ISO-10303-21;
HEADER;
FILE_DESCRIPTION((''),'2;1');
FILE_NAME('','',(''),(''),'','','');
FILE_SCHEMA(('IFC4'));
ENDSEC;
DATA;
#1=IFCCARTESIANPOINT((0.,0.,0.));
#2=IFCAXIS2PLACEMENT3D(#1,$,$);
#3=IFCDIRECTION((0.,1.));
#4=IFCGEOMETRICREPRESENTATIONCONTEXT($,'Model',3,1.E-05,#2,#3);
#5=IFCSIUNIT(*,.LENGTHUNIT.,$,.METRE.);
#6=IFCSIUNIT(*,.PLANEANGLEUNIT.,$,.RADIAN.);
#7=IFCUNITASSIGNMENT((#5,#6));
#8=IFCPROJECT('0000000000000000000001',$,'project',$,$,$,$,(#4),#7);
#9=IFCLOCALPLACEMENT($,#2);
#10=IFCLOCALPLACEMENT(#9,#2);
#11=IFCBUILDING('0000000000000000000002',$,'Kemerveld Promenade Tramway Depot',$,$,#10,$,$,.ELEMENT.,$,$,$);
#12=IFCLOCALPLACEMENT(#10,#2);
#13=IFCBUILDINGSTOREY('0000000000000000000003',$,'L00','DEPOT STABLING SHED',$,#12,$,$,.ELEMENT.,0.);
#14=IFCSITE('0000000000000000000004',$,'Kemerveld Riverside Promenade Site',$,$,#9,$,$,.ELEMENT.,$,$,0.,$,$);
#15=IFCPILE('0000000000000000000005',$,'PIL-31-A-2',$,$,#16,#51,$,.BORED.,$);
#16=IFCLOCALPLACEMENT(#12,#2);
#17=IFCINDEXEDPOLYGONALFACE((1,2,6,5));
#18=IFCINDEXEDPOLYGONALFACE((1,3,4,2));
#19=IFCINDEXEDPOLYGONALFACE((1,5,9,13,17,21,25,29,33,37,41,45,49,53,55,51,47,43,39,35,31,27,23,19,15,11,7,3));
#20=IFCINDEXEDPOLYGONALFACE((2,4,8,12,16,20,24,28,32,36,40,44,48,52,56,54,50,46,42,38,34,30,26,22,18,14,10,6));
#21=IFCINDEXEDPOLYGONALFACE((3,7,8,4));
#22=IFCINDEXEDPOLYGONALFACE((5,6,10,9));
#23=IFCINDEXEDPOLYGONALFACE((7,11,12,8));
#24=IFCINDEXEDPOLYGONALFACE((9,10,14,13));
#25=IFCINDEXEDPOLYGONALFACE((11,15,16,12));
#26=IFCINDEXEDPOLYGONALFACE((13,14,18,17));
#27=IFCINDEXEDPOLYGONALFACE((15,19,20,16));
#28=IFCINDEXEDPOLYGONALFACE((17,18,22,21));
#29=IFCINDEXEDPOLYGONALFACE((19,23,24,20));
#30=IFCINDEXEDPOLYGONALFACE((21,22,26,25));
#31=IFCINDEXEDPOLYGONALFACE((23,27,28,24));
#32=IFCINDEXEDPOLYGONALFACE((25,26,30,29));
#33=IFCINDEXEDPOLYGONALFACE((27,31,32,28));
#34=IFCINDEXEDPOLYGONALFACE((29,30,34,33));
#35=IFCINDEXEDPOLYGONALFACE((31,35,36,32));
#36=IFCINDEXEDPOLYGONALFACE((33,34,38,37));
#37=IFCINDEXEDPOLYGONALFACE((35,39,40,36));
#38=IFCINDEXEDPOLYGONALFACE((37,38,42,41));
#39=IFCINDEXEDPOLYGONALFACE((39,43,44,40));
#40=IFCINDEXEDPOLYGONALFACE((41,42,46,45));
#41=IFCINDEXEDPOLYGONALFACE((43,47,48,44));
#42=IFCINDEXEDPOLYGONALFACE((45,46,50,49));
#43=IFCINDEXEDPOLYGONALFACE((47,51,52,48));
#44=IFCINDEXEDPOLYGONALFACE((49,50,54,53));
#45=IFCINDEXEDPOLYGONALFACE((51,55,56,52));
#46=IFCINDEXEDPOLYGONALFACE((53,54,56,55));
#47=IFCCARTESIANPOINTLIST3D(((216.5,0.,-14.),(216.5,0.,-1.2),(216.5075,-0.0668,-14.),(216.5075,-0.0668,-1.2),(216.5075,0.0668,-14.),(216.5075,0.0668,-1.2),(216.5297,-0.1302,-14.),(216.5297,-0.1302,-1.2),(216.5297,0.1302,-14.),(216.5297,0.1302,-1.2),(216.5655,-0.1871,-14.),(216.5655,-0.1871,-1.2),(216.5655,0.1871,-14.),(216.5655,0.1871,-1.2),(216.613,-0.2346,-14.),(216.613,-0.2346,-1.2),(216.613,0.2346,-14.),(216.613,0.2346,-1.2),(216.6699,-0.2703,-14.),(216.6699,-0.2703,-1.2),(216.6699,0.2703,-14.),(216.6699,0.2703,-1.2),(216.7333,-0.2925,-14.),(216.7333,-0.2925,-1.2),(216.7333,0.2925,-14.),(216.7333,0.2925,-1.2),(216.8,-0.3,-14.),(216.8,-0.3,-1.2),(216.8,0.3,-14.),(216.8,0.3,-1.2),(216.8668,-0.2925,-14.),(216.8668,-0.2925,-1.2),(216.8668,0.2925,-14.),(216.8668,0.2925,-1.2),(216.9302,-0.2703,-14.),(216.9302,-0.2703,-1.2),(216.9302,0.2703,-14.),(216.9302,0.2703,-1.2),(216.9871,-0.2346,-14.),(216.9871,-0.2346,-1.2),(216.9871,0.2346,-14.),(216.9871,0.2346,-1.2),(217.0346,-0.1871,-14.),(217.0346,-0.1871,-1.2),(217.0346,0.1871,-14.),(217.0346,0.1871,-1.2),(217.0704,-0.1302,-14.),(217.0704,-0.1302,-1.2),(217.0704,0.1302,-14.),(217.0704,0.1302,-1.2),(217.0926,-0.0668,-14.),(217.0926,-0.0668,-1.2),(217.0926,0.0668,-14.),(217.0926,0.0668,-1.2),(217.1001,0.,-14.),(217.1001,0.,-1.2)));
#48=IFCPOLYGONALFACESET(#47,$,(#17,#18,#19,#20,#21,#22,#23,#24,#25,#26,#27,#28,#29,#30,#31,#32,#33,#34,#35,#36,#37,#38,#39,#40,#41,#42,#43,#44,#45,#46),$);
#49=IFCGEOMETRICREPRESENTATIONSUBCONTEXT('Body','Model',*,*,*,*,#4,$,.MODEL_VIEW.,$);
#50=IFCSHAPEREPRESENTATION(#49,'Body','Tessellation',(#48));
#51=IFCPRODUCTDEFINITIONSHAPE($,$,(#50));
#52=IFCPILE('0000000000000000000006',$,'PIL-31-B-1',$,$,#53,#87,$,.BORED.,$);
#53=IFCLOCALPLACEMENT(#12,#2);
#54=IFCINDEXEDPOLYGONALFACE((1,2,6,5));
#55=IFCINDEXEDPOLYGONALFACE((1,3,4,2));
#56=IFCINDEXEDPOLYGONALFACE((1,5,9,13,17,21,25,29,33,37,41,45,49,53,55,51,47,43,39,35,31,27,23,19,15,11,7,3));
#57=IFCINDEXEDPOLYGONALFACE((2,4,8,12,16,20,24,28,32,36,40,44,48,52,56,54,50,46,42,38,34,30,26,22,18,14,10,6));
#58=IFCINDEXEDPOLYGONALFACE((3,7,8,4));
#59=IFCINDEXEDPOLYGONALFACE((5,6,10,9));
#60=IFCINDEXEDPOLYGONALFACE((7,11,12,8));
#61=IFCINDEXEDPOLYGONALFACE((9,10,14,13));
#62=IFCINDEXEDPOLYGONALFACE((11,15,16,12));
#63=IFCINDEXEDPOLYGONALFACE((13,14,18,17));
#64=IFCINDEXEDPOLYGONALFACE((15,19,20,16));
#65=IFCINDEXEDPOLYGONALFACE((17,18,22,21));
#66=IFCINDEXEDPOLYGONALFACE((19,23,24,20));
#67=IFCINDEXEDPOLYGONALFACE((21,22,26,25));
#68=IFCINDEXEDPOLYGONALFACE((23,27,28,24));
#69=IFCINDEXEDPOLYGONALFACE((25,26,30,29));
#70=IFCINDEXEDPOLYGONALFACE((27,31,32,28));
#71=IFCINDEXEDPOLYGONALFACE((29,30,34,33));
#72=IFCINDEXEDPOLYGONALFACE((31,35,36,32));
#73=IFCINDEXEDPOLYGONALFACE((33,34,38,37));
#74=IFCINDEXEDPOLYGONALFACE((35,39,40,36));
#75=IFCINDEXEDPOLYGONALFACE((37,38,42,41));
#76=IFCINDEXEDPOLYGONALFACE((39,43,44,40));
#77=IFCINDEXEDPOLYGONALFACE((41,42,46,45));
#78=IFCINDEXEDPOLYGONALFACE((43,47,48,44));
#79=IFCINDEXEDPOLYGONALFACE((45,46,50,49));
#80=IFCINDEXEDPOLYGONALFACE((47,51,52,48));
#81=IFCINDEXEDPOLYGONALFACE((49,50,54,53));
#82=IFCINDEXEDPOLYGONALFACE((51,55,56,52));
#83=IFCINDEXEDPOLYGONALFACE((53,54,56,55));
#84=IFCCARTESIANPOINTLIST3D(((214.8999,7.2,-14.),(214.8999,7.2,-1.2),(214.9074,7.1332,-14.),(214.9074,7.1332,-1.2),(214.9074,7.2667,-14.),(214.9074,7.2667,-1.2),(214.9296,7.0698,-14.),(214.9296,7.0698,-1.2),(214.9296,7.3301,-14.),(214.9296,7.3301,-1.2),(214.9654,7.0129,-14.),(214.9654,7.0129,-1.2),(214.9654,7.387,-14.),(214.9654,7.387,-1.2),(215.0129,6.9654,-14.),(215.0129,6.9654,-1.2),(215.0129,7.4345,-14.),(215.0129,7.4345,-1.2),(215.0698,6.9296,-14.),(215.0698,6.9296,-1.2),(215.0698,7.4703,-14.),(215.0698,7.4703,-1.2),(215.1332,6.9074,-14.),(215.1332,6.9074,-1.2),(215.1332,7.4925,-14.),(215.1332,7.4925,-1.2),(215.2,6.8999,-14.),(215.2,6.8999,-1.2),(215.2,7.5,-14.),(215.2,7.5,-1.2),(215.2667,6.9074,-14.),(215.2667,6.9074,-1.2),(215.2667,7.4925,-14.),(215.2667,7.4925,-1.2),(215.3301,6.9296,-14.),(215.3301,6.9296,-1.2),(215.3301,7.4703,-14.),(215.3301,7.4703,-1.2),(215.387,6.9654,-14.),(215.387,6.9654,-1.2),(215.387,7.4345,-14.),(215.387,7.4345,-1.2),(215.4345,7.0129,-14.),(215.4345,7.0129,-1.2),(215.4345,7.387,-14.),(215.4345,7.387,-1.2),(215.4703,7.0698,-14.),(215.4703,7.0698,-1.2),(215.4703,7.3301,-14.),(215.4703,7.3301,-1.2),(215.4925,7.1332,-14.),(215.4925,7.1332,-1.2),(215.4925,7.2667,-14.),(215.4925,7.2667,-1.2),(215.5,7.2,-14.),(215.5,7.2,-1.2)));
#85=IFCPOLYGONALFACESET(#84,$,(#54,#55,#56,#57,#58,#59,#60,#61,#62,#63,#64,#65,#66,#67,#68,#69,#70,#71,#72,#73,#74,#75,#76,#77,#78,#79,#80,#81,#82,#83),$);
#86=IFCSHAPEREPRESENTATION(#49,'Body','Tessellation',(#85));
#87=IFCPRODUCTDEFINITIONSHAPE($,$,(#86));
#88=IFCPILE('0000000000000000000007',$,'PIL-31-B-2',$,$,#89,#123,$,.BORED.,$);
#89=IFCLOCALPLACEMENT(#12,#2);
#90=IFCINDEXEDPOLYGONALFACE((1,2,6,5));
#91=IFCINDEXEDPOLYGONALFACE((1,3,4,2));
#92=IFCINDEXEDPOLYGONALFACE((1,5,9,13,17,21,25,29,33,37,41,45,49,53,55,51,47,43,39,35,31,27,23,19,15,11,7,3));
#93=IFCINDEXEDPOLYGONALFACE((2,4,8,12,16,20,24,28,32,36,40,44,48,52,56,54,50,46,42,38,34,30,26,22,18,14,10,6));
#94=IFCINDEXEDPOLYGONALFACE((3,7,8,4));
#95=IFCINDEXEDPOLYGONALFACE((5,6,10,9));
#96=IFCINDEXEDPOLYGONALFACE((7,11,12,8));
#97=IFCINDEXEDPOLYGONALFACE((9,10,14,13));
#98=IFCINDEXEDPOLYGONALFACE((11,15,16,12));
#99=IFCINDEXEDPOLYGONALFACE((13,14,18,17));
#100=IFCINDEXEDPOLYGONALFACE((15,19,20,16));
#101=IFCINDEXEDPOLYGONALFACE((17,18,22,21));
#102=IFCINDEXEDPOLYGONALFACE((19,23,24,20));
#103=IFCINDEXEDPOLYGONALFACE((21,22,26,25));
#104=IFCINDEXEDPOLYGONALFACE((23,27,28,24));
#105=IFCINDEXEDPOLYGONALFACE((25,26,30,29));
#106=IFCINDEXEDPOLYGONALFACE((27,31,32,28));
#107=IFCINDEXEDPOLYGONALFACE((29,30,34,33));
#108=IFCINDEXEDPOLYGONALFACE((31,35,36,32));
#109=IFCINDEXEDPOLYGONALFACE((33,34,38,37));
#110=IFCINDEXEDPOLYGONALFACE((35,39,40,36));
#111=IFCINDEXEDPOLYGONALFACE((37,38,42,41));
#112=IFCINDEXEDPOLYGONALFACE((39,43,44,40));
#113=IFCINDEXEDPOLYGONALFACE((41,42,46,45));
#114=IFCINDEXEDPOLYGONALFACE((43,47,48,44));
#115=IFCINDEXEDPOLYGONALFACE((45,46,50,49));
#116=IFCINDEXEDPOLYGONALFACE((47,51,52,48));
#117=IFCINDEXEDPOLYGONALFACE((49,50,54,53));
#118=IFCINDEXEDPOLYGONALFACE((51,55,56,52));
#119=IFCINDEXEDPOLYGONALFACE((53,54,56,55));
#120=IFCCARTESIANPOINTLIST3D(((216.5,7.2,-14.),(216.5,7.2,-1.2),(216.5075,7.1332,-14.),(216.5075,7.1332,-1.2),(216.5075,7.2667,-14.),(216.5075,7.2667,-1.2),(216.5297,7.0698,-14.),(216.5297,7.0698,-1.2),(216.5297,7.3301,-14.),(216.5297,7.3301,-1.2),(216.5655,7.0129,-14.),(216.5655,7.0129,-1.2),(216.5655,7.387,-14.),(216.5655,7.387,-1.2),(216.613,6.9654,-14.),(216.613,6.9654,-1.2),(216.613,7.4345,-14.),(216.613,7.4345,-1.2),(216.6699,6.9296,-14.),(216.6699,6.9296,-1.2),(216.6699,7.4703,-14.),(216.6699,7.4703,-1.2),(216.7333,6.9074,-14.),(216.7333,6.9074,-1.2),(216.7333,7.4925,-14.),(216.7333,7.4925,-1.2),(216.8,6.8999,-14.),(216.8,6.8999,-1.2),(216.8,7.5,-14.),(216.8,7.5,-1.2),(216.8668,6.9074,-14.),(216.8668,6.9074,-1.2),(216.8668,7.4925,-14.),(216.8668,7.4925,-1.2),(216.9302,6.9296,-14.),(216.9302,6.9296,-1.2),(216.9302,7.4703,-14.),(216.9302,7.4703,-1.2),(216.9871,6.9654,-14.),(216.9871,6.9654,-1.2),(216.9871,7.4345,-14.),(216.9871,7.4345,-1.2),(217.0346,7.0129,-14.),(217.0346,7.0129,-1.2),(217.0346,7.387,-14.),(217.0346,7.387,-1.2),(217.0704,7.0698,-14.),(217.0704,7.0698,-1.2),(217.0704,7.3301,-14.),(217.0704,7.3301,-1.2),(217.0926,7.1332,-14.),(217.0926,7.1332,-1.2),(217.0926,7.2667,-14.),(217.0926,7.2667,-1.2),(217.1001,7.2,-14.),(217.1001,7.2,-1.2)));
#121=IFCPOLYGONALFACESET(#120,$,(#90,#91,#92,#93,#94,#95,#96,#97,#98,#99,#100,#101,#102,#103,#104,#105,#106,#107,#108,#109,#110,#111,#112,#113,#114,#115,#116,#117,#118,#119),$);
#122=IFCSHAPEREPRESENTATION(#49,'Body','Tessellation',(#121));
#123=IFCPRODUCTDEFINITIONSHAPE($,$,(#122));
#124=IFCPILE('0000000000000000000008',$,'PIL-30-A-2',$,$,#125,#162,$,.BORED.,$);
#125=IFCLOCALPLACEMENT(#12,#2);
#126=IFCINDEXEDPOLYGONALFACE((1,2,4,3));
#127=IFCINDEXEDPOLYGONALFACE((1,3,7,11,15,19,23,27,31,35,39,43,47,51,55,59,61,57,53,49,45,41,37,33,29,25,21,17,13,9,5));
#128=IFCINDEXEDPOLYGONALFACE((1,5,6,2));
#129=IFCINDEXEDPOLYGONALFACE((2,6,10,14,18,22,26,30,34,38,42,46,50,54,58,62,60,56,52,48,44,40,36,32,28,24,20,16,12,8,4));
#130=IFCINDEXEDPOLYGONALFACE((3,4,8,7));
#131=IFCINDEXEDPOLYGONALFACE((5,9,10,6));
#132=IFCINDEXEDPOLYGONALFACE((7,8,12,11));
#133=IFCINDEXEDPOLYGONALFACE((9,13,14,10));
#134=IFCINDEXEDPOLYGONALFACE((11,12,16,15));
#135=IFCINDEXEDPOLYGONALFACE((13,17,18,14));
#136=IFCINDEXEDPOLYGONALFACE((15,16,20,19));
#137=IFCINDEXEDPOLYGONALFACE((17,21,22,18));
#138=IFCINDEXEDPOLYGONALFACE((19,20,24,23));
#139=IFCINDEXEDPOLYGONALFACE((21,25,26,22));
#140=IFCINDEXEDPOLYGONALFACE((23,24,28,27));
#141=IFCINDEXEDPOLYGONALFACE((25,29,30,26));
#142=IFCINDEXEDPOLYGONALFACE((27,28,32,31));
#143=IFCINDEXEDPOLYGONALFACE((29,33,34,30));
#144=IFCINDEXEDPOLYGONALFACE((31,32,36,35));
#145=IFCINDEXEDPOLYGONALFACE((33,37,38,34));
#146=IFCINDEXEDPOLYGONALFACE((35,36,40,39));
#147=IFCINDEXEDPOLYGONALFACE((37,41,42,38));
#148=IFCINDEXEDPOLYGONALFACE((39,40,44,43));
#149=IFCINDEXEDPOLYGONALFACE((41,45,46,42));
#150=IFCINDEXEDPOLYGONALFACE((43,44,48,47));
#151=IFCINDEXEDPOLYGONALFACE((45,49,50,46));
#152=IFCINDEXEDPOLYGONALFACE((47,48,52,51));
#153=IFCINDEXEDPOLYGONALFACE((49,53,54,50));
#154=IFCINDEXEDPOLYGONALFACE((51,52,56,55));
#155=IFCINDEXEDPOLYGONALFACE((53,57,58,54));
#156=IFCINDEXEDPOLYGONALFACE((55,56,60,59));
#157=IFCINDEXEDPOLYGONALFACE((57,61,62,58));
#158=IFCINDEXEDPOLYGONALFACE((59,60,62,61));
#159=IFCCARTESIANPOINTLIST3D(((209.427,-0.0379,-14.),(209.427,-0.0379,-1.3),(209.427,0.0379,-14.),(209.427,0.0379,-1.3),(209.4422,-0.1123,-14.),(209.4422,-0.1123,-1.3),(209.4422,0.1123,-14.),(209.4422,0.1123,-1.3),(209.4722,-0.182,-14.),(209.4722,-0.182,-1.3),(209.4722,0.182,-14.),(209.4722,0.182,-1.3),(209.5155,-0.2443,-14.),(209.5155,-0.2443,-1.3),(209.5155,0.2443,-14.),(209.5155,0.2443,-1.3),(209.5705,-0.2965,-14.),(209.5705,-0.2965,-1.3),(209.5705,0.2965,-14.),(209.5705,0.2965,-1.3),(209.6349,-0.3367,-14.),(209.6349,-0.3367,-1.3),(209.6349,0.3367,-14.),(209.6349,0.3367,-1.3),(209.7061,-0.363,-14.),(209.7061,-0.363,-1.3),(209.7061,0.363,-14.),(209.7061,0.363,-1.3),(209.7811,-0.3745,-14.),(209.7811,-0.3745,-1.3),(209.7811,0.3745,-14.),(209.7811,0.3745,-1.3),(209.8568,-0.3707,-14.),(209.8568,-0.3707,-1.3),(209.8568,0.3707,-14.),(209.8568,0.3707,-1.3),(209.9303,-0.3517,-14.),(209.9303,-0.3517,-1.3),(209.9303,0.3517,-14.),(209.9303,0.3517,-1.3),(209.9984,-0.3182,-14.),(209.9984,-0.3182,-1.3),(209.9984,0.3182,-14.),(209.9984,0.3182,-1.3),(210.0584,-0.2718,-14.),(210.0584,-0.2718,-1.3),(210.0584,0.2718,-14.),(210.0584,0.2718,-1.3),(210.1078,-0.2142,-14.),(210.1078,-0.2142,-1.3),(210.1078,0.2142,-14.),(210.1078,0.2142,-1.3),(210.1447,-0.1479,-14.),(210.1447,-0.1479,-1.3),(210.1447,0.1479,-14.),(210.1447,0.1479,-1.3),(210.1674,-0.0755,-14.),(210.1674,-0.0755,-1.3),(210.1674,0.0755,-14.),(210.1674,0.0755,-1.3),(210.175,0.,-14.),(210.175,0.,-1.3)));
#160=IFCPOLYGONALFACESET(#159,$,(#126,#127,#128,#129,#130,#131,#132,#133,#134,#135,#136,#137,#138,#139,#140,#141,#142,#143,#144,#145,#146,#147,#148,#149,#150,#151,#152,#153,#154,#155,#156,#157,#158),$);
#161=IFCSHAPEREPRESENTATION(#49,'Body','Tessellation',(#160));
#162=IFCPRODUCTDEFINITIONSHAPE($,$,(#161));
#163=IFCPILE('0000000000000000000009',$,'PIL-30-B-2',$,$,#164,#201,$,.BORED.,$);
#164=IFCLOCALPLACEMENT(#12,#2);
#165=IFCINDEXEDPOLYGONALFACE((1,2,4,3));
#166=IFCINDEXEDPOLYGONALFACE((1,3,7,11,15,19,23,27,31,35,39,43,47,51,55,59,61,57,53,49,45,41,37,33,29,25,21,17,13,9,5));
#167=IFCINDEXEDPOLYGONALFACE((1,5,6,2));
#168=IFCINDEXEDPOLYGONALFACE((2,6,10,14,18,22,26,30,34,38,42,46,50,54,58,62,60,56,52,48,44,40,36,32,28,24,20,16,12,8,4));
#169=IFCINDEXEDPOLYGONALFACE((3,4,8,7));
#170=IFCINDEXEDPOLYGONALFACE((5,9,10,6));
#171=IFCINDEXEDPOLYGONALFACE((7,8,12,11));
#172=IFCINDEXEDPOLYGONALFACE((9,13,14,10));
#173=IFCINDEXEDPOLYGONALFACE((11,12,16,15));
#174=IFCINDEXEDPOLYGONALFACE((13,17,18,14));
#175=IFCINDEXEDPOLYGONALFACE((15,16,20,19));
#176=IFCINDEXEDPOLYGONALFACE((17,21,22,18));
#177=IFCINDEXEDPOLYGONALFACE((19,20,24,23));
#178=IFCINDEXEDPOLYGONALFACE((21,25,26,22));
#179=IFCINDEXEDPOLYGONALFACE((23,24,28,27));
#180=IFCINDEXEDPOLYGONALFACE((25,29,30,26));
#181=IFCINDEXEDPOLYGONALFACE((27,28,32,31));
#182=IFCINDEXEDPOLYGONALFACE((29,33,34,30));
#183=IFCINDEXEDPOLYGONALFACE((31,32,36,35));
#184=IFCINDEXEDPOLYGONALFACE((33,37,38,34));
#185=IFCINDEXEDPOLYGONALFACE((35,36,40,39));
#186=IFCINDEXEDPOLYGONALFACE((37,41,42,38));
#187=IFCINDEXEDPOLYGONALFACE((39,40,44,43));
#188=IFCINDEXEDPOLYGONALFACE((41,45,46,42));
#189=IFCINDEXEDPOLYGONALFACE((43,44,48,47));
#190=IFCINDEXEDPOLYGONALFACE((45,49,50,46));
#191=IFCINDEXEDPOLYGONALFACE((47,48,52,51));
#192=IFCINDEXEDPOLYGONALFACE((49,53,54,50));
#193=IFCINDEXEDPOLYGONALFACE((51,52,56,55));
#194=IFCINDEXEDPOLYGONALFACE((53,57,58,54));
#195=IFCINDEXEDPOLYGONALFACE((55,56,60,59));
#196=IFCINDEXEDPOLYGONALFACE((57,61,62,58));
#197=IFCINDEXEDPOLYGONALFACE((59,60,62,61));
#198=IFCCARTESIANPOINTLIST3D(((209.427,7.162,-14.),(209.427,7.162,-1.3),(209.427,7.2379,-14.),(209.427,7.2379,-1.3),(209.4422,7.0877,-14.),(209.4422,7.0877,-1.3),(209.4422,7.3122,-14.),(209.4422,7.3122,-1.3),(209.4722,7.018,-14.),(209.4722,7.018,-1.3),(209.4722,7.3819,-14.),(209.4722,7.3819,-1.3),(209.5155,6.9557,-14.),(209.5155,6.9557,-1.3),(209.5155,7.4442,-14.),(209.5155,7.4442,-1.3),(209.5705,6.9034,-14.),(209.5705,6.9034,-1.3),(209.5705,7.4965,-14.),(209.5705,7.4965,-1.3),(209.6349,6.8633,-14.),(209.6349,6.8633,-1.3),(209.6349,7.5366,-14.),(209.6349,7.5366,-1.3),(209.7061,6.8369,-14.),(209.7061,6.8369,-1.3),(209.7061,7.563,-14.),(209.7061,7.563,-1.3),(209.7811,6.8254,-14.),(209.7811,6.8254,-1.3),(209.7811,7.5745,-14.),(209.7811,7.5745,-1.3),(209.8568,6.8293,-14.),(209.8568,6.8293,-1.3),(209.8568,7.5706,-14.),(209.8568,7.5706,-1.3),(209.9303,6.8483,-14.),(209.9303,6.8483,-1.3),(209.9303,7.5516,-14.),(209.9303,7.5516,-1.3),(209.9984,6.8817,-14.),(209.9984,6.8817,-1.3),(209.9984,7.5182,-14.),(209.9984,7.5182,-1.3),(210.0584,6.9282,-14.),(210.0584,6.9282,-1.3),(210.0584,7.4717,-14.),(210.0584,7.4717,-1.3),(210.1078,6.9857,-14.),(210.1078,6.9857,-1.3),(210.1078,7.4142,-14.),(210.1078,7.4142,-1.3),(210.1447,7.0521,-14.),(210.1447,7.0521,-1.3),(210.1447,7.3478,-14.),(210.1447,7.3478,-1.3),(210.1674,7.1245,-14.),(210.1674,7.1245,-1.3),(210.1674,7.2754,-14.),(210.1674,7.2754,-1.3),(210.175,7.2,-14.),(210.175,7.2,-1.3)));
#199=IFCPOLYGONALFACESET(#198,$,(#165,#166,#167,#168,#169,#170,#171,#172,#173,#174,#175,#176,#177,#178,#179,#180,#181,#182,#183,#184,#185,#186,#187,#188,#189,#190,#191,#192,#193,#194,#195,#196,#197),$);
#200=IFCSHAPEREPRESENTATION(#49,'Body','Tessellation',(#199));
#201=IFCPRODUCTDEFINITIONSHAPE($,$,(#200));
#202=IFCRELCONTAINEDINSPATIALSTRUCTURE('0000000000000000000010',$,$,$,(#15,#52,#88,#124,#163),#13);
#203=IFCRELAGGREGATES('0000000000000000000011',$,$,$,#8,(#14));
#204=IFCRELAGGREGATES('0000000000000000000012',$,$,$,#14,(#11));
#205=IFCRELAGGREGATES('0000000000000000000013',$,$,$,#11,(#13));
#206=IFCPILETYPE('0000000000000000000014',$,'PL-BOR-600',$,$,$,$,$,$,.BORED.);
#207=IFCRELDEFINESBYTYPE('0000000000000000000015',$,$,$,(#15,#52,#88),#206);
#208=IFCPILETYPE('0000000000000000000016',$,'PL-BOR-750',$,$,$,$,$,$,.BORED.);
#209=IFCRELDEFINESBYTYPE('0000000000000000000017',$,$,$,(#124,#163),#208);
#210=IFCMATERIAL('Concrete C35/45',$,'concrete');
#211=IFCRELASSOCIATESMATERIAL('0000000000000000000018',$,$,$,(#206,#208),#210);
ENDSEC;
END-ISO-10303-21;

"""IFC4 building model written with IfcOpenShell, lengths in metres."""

from ifc_helpers import new_model, si_unit, direction, frame, origin, origin_2d, place, context, subcontext, project, spatial, circle, extrude, material, material_profile, profile_set, type_object, element, save


model = new_model("IFC4")

# Units and contexts
model_context = context("Model", 3, precision=1e-05, world=origin(), true_north=direction((0.0, 1.0)))
body_context = subcontext(model_context, "Body", "Model", "MODEL_VIEW")
ifc_project = project(units=[si_unit("LENGTHUNIT", "METRE"), si_unit("PLANEANGLEUNIT", "RADIAN")], contexts=[model_context])

# Site, building, storey
site_placement = place(None, origin())
site = spatial("IfcSite", under=ifc_project, at=site_placement, Name="Kemerveld Riverside Promenade Site", CompositionType="ELEMENT", RefElevation=0.0)
building_placement = place(site_placement, origin())
building = spatial("IfcBuilding", under=site, at=building_placement, Name="Kemerveld Promenade Tramway Depot", CompositionType="ELEMENT")
storey_placement = place(building_placement, origin())
storey = spatial("IfcBuildingStorey", under=building, at=storey_placement, Name="L00", Description="DEPOT STABLING SHED", CompositionType="ELEMENT", Elevation=0.0)

# Shared definitions
ifc_material_1 = material(Name="Concrete C35/45", Category="concrete")

# Piles
ifc_material_profile_1 = material_profile(ifc_material_1, circle(Radius=0.3, at=origin_2d()), Name="PILE-D600")
ifc_profile_set_1 = profile_set([ifc_material_profile_1], Name="Concrete C35/45")
pile_type_1 = type_object("IfcPileType", Name="PL-BOR-600", PredefinedType="BORED", material=ifc_profile_set_1)
for number, where, z_axis, x_axis, name in (
    (1, (216.8, 0.0, -1.2), (0.0, 0.0, -1.0), (1.0, 0.0, 0.0), "PIL-31-A-2"),
    (2, (215.2, 7.2, -1.2), (0.0, 0.0, -1.0), (1.0, 0.0, 0.0), "PIL-31-B-1"),
    (3, (216.8, 7.2, -1.2), (0.0, 0.0, -1.0), (1.0, 0.0, 0.0), "PIL-31-B-2"),
):
    element("IfcPile", number, at=place(storey_placement, frame(where, z_axis=z_axis, x_axis=x_axis)), inside=storey, type_object=pile_type_1, Name=name, PredefinedType="BORED", context=body_context, shape_type="SweptSolid", body=[
        extrude(circle(Radius=0.3, at=origin_2d()), origin(), (0.0, 0.0, 1.0), 12.8),
    ])
ifc_material_profile_2 = material_profile(ifc_material_1, circle(Radius=0.375, at=origin_2d()), Name="PILE-D750")
ifc_profile_set_2 = profile_set([ifc_material_profile_2], Name="Concrete C35/45")
pile_type_2 = type_object("IfcPileType", Name="PL-BOR-750", PredefinedType="BORED", material=ifc_profile_set_2)
for number, where, z_axis, x_axis, name in (
    (4, (209.8, 0.0, -1.3), (0.0, 0.0, -1.0), (1.0, 0.0, 0.0), "PIL-30-A-2"),
    (5, (209.8, 7.2, -1.3), (0.0, 0.0, -1.0), (1.0, 0.0, 0.0), "PIL-30-B-2"),
):
    element("IfcPile", number, at=place(storey_placement, frame(where, z_axis=z_axis, x_axis=x_axis)), inside=storey, type_object=pile_type_2, Name=name, PredefinedType="BORED", context=body_context, shape_type="SweptSolid", body=[
        extrude(circle(Radius=0.375, at=origin_2d()), origin(), (0.0, 0.0, 1.0), 12.7),
    ])

save(model, "model.ifc")
